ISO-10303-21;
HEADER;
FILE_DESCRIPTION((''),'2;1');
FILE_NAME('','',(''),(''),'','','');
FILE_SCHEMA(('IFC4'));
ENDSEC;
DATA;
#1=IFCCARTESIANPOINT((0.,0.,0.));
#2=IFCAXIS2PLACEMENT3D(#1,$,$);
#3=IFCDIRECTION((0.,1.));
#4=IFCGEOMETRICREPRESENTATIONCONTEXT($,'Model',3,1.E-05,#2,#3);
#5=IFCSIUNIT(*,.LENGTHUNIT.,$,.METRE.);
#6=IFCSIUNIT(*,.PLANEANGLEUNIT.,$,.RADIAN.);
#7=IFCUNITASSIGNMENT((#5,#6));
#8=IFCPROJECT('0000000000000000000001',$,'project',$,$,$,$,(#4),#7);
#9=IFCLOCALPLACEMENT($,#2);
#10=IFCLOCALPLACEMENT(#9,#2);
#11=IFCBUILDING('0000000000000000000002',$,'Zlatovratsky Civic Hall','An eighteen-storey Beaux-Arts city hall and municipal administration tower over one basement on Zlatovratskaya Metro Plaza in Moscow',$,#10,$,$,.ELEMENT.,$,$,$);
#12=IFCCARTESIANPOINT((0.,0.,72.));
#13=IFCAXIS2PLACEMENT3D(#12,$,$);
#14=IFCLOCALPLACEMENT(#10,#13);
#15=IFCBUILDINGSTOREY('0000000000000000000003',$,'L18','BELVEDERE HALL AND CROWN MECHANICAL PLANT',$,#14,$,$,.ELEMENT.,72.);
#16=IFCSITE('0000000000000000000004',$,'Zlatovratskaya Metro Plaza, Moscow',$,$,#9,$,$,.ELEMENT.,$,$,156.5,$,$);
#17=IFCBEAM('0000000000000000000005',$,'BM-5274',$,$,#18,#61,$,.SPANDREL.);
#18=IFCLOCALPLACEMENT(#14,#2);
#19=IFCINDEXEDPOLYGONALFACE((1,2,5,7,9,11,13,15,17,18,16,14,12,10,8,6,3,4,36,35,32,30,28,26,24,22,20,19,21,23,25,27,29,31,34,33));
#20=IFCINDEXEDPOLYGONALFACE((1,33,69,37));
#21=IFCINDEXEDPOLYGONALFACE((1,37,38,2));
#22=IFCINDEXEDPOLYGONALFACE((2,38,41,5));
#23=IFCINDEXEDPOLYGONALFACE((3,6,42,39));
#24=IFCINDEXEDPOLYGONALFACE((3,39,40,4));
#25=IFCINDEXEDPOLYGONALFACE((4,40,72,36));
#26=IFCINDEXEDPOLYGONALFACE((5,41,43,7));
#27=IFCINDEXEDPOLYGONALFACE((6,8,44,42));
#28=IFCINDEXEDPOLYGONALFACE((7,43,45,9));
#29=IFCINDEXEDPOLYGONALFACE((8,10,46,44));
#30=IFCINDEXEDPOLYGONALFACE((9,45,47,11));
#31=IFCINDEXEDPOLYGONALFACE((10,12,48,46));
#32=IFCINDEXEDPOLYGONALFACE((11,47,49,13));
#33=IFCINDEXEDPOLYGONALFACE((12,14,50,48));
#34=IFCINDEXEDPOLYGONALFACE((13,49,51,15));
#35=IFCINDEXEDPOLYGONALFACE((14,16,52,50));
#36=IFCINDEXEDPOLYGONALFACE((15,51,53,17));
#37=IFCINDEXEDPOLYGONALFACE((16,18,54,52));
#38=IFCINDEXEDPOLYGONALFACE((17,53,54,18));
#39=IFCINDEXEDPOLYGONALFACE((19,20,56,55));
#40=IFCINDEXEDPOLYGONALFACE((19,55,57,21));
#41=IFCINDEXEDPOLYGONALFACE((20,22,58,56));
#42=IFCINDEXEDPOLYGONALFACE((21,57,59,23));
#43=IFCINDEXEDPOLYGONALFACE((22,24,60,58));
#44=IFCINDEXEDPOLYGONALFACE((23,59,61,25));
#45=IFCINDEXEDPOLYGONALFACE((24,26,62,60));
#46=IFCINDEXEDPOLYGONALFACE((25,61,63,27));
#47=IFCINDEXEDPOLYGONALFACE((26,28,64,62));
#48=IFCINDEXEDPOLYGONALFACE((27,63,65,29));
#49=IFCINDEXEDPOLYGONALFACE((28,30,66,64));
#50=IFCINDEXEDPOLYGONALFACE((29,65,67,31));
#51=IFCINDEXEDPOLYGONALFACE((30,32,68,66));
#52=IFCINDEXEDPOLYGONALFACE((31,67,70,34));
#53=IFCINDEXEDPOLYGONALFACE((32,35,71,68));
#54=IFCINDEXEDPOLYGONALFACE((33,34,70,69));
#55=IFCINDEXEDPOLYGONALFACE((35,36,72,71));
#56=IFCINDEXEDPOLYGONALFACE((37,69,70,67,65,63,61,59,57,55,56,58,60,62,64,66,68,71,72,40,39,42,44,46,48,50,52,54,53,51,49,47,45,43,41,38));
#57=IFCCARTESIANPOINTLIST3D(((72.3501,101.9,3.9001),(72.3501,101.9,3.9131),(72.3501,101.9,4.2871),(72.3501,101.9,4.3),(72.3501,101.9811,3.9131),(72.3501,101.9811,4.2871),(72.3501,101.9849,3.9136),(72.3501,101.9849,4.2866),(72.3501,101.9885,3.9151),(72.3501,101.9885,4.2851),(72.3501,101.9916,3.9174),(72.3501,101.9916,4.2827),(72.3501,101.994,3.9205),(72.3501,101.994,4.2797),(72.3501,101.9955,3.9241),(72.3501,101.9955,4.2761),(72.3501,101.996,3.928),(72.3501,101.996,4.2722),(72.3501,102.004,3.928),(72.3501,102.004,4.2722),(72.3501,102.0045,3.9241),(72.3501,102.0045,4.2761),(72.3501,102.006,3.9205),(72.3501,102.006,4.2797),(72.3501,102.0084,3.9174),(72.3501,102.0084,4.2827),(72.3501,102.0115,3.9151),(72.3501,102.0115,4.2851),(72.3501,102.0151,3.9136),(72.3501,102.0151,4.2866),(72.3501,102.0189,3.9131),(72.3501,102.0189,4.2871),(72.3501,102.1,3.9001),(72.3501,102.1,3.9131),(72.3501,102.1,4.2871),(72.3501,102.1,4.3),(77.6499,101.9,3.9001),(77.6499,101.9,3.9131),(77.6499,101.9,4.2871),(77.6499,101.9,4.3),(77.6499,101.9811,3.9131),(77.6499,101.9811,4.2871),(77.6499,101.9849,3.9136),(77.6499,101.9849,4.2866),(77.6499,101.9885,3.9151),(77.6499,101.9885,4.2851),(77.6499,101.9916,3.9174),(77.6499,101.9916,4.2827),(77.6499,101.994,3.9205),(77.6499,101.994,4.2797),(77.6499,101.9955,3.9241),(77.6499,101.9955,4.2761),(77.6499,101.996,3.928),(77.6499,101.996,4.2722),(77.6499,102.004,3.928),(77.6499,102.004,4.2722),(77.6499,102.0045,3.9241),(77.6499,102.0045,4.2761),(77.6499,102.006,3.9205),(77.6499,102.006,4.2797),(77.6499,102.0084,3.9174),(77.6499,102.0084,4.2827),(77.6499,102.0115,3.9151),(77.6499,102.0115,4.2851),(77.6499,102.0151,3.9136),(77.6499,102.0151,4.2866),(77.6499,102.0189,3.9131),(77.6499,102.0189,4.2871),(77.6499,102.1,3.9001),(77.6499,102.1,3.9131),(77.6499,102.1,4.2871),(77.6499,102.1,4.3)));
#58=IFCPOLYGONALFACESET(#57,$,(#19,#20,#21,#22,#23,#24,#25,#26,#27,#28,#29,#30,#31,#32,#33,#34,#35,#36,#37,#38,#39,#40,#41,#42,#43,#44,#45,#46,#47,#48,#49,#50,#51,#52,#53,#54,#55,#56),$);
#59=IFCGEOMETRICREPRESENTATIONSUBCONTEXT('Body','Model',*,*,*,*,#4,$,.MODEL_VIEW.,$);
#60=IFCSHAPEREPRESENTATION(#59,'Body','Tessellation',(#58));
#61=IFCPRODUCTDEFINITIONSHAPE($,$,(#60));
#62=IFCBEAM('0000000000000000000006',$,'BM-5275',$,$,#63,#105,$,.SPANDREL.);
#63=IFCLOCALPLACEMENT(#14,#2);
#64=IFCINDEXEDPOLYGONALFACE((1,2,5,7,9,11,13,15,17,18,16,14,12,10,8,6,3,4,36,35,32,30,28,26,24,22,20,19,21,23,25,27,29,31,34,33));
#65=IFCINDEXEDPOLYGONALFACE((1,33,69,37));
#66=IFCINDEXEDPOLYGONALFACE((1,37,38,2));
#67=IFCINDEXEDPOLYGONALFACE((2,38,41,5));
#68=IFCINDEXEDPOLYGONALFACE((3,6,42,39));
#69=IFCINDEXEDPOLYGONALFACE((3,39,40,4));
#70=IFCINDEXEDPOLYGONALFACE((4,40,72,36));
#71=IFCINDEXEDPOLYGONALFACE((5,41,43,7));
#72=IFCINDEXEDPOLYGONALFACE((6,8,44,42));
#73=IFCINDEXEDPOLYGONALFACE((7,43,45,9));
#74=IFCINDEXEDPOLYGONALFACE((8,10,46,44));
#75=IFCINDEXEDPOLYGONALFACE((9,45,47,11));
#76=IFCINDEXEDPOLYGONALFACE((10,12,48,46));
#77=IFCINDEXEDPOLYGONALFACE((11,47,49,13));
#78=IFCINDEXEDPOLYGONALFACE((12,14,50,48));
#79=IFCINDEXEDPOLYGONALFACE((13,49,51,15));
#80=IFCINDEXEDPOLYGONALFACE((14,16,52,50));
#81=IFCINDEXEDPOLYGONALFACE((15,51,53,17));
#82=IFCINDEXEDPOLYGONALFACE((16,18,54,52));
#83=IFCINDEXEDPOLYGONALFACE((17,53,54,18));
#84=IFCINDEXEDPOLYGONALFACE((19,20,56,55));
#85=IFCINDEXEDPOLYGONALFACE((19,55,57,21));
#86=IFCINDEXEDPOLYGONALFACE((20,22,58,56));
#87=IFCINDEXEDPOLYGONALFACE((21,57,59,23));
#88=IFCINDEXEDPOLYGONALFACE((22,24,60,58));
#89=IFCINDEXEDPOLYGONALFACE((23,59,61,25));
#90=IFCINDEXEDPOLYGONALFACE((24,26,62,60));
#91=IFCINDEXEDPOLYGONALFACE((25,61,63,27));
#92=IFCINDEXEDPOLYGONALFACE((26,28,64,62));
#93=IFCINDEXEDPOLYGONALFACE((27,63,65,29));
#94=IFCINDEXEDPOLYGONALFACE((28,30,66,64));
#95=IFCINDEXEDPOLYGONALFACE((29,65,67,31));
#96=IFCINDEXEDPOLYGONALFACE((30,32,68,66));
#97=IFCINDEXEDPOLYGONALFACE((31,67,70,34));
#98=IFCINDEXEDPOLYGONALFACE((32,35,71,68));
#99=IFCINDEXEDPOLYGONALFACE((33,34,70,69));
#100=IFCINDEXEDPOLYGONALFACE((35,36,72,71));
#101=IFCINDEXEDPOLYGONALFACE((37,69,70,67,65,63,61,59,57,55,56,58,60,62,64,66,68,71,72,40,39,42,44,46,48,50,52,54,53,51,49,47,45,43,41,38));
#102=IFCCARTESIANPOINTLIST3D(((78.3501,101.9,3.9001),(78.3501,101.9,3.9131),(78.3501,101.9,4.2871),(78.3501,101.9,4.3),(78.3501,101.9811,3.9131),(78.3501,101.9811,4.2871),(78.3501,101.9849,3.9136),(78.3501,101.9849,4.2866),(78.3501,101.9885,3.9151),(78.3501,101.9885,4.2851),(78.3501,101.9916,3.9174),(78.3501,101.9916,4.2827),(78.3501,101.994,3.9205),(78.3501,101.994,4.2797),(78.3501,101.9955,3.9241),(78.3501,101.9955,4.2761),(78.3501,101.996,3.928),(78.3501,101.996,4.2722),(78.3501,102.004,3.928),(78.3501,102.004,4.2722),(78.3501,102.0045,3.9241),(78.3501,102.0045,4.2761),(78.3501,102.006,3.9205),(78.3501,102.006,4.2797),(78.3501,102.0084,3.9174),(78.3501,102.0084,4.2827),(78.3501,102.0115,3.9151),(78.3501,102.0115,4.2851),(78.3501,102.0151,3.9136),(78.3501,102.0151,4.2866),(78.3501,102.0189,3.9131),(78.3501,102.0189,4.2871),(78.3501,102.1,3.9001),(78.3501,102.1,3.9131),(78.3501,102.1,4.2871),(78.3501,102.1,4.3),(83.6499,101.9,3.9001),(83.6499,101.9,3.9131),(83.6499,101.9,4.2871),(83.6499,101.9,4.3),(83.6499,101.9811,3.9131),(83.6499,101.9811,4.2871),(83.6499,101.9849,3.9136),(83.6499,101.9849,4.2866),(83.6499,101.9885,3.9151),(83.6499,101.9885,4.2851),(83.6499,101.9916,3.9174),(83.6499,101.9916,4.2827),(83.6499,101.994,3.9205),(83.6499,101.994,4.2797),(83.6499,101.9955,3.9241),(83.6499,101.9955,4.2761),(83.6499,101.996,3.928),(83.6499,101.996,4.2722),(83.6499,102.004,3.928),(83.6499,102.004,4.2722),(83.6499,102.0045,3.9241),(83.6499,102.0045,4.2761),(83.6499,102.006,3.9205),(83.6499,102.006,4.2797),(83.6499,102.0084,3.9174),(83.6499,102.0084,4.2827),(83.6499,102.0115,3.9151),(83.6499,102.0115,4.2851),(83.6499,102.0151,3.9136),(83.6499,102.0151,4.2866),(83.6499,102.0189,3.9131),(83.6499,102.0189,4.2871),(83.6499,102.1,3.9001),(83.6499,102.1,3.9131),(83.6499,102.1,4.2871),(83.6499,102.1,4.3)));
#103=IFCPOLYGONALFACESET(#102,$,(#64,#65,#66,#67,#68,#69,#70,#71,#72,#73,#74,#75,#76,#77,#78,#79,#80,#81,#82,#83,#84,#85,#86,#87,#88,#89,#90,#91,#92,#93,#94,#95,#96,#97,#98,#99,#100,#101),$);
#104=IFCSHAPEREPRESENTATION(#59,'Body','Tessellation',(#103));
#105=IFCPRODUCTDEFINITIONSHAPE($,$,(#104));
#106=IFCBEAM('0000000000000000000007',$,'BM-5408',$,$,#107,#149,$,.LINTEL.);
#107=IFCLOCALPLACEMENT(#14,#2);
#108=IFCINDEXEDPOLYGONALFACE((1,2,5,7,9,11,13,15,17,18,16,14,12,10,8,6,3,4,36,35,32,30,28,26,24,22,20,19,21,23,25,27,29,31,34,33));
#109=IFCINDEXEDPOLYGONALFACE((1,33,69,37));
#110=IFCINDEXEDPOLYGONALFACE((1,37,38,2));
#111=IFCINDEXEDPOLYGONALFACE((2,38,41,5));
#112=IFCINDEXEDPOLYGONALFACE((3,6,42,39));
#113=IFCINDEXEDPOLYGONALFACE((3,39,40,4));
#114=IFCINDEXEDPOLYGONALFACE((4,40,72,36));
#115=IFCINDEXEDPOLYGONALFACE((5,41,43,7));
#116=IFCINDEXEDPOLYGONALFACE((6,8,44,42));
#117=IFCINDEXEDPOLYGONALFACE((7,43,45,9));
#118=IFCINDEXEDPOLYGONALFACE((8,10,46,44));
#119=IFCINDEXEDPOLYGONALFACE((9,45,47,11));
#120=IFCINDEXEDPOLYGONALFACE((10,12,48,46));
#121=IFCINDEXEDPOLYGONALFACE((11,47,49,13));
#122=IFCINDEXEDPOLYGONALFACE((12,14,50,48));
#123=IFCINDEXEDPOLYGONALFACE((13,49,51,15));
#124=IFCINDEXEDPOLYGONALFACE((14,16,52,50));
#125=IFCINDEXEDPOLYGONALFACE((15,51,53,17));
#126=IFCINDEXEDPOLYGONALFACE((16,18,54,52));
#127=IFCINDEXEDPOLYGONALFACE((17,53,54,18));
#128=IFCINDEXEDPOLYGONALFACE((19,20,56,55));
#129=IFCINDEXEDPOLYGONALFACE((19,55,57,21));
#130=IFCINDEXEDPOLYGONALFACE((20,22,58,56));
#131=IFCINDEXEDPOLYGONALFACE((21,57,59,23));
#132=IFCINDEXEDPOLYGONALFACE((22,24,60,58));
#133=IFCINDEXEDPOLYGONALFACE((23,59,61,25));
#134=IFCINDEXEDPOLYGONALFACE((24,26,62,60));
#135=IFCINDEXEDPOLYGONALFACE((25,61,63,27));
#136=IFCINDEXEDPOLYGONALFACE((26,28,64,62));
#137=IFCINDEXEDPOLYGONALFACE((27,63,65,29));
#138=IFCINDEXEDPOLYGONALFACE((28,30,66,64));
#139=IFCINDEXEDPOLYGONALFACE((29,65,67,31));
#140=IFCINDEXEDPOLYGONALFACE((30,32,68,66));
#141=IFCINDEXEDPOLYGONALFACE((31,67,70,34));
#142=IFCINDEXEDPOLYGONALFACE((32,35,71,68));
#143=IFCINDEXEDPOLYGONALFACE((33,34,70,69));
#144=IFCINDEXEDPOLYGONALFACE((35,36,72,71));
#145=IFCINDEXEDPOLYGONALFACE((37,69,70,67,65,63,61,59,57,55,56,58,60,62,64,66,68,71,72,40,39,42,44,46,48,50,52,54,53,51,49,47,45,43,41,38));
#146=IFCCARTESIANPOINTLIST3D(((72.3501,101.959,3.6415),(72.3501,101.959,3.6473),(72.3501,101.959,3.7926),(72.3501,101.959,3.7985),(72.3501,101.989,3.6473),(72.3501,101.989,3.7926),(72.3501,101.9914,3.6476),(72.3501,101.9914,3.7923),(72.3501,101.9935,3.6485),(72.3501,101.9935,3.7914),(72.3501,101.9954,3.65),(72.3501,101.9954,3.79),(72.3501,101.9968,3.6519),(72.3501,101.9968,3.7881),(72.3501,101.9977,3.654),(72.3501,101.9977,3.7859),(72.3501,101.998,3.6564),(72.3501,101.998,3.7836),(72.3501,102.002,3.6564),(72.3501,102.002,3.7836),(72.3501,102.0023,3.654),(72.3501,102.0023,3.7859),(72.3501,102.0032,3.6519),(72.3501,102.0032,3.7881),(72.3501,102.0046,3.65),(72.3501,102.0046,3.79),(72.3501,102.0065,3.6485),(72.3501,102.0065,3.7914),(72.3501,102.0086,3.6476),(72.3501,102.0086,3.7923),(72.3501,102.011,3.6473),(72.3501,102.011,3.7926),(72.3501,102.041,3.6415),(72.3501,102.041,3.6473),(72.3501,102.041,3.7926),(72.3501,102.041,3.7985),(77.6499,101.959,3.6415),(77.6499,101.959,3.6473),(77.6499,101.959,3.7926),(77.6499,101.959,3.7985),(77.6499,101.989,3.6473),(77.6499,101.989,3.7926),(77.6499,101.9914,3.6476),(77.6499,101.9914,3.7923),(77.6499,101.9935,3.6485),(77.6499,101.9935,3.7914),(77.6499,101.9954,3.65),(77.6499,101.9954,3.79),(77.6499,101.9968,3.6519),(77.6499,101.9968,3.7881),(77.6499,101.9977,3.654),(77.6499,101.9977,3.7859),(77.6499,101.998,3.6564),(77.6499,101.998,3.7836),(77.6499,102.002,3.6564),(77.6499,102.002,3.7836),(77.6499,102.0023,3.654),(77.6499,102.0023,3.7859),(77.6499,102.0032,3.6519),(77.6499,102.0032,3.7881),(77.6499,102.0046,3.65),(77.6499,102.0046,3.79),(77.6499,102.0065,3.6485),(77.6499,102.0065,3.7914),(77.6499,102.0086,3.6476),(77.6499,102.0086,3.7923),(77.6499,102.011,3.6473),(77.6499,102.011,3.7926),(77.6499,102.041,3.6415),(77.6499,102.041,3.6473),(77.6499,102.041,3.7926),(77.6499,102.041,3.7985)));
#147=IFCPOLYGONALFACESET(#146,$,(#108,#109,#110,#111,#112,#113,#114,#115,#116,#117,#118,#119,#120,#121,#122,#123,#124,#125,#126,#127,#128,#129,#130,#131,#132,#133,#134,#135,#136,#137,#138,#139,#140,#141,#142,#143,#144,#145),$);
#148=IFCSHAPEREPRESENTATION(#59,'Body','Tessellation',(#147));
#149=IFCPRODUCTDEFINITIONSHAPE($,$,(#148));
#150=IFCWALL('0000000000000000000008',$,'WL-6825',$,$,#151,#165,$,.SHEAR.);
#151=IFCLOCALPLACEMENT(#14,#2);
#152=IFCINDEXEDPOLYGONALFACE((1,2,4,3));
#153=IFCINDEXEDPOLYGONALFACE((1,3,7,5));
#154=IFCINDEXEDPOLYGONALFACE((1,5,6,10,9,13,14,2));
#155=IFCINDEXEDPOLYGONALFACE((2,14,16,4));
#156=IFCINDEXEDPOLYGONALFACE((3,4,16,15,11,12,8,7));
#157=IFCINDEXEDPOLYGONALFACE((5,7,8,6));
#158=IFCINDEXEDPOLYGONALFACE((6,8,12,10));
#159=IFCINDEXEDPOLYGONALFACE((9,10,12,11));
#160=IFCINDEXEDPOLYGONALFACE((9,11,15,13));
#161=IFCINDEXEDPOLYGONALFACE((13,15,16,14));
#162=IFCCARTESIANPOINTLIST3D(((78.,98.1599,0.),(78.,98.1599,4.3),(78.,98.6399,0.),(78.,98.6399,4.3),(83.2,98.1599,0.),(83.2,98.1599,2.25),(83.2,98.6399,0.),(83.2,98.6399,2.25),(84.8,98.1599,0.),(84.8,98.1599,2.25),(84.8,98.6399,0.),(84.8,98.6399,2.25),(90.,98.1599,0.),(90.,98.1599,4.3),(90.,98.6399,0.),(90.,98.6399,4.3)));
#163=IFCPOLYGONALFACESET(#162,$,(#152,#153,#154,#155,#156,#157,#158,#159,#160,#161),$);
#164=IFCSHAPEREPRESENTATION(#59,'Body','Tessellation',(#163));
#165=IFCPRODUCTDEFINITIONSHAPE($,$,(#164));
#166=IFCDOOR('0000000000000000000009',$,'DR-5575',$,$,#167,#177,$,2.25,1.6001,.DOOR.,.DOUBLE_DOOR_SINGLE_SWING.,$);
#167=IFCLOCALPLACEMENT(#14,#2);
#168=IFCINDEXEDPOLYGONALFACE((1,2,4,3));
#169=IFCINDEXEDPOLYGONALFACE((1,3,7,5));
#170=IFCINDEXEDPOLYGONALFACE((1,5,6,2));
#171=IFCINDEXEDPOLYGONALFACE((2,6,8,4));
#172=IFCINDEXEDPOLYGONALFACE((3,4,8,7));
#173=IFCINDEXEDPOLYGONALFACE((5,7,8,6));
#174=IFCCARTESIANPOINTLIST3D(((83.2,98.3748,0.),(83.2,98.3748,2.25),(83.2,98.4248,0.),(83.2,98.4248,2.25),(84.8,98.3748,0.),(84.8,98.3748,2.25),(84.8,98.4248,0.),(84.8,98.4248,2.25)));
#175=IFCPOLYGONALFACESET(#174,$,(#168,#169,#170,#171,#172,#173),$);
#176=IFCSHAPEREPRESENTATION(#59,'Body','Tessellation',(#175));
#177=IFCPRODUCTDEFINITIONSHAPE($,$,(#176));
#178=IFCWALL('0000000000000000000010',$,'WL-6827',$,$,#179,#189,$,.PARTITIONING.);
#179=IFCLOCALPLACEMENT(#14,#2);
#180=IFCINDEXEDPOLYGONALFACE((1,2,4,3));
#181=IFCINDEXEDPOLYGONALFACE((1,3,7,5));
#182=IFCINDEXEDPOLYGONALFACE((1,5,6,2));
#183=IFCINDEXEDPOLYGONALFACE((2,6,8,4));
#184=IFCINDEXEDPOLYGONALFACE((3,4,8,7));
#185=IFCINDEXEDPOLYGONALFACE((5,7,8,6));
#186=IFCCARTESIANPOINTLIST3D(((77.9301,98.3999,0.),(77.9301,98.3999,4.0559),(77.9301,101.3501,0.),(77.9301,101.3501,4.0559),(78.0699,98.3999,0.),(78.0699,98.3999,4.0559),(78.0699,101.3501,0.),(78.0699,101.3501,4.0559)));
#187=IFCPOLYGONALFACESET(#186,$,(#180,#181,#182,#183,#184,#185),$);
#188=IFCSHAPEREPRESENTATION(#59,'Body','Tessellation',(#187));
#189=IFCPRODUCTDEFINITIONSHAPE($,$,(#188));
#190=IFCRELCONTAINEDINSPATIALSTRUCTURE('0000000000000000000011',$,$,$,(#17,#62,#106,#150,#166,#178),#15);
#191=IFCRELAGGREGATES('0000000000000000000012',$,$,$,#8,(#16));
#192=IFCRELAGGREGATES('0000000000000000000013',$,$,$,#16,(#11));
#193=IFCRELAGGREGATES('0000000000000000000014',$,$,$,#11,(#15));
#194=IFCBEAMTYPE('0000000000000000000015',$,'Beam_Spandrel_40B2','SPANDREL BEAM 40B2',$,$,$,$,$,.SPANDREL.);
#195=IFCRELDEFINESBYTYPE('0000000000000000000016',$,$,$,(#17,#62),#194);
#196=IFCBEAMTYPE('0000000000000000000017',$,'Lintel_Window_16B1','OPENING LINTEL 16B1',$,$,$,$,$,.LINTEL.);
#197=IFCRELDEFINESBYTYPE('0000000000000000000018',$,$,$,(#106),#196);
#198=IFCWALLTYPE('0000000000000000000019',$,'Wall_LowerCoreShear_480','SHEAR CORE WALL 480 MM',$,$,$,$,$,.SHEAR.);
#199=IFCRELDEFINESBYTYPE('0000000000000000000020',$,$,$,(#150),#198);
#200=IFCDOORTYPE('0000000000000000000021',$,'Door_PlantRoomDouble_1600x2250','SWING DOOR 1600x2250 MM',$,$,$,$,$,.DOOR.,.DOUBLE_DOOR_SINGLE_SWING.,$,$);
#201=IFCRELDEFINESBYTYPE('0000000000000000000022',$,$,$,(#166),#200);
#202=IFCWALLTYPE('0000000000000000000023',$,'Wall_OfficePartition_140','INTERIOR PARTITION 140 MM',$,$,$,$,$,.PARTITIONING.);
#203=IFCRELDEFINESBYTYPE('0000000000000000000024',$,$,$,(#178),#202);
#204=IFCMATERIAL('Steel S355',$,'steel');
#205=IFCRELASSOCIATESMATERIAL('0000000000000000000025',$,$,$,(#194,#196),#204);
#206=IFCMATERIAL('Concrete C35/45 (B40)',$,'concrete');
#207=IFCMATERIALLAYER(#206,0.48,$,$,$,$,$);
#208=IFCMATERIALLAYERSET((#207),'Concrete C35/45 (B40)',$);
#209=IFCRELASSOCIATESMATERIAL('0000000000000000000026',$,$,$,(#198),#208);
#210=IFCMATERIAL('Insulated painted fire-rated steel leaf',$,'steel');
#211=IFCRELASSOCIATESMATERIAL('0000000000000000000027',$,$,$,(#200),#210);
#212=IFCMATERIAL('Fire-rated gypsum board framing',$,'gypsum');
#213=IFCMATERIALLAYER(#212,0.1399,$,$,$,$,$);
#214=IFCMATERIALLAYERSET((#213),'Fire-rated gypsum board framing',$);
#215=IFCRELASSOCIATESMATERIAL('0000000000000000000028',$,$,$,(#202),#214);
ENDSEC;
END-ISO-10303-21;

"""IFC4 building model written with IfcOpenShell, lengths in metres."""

from ifc_helpers import new_model, si_unit, direction, frame, frame_2d, origin, origin_2d, place, context, subcontext, project, spatial, rectangle, i_section, extrude, material, layer, layer_set, material_profile, profile_set, type_object, element, fill, save


model = new_model("IFC4")

# Units and contexts
model_context = context("Model", 3, precision=1e-05, world=origin(), true_north=direction((0.0, 1.0)))
body_context = subcontext(model_context, "Body", "Model", "MODEL_VIEW")
ifc_project = project(units=[si_unit("LENGTHUNIT", "METRE"), si_unit("PLANEANGLEUNIT", "RADIAN")], contexts=[model_context])

# Site, building, storey
site_placement = place(None, origin())
site = spatial("IfcSite", under=ifc_project, at=site_placement, Name="Zlatovratskaya Metro Plaza, Moscow", CompositionType="ELEMENT", RefElevation=156.5)
building_placement = place(site_placement, origin())
building = spatial("IfcBuilding", under=site, at=building_placement, Name="Zlatovratsky Civic Hall", Description="An eighteen-storey Beaux-Arts city hall and municipal administration tower over one basement on Zlatovratskaya Metro Plaza in Moscow", CompositionType="ELEMENT")
storey_placement = place(building_placement, frame((0.0, 0.0, 72.0)))
storey = spatial("IfcBuildingStorey", under=building, at=storey_placement, Name="L18", Description="BELVEDERE HALL AND CROWN MECHANICAL PLANT", CompositionType="ELEMENT", Elevation=72.0)

# Shared definitions
ifc_material_1 = material(Name="Concrete C35/45 (B40)", Category="concrete")
ifc_material_2 = material(Name="Steel S355", Category="steel")

# Beams
ifc_material_profile_1 = material_profile(ifc_material_2, i_section(OverallWidth=0.2, OverallDepth=0.3999, WebThickness=0.0081, FlangeThickness=0.0129, FilletRadius=0.0149, at=origin_2d()), Name="40B2")
ifc_profile_set_1 = profile_set([ifc_material_profile_1], Name="Steel S355")
beam_type_1 = type_object("IfcBeamType", Name="Beam_Spandrel_40B2", Description="SPANDREL BEAM 40B2", PredefinedType="SPANDREL", material=ifc_profile_set_1)
for number, where, z_axis, x_axis, name in (
    (1, (72.3501, 102.0, 4.1001), (1.0, 0.0, 0.0), (0.0, 1.0, 0.0), "BM-5274"),
    (2, (78.3501, 102.0, 4.1001), (1.0, 0.0, 0.0), (0.0, 1.0, 0.0), "BM-5275"),
):
    element("IfcBeam", number, at=place(storey_placement, frame(where, z_axis=z_axis, x_axis=x_axis)), inside=storey, type_object=beam_type_1, Name=name, PredefinedType="SPANDREL", context=body_context, shape_type="SweptSolid", body=[
        extrude(i_section(OverallWidth=0.2, OverallDepth=0.3999, WebThickness=0.0081, FlangeThickness=0.0129, FilletRadius=0.0149, at=origin_2d()), origin(), (0.0, 0.0, 1.0), 5.2998),
    ])
ifc_material_profile_2 = material_profile(ifc_material_2, i_section(OverallWidth=0.082, OverallDepth=0.157, WebThickness=0.0039, FlangeThickness=0.0059, FilletRadius=0.009, at=origin_2d()), Name="16B1")
ifc_profile_set_2 = profile_set([ifc_material_profile_2], Name="Steel S355")
beam_type_2 = type_object("IfcBeamType", Name="Lintel_Window_16B1", Description="OPENING LINTEL 16B1", PredefinedType="LINTEL", material=ifc_profile_set_2)
beam_1_placement = place(storey_placement, frame((72.3501, 102.0, 3.72), z_axis=(1.0, 0.0, 0.0), x_axis=(0.0, 1.0, 0.0)))
element("IfcBeam", 3, at=beam_1_placement, inside=storey, type_object=beam_type_2, Name="BM-5408", PredefinedType="LINTEL", context=body_context, shape_type="SweptSolid", body=[
    extrude(i_section(OverallWidth=0.082, OverallDepth=0.157, WebThickness=0.0039, FlangeThickness=0.0059, FilletRadius=0.009, at=origin_2d()), origin(), (0.0, 0.0, 1.0), 5.2998),
])

# Wall, opening, door
ifc_layer_1 = layer(ifc_material_1, 0.48)
ifc_layer_set_1 = layer_set([ifc_layer_1], Name="Concrete C35/45 (B40)")
wall_type_1 = type_object("IfcWallType", Name="Wall_LowerCoreShear_480", Description="SHEAR CORE WALL 480 MM", PredefinedType="SHEAR", material=ifc_layer_set_1)
wall_1_placement = place(storey_placement, frame((78.0, 98.3999, 0.0), z_axis=(0.0, 0.0, 1.0), x_axis=(1.0, 0.0, 0.0)))
wall_1 = element("IfcWall", 4, at=wall_1_placement, inside=storey, type_object=wall_type_1, Name="WL-6825", PredefinedType="SHEAR", context=body_context, shape_type="SweptSolid", body=[
    extrude(rectangle(XDim=12.0, YDim=0.48, at=frame_2d((6.0, 0.0))), origin(), (0.0, 0.0, 1.0), 4.3),
])
opening_1_placement = place(wall_1_placement, frame((5.2, 0.0, 0.0)))
opening_1 = element("IfcOpeningElement", 5, at=opening_1_placement, cuts=wall_1, PredefinedType="OPENING", context=body_context, shape_type="SweptSolid", body=[
    extrude(rectangle(XDim=1.6001, YDim=2.25, at=frame_2d((0.8, 1.125))), frame((0.0, 0.2549, 0.0), z_axis=(0.0, -1.0, 0.0), x_axis=(1.0, 0.0, 0.0)), (0.0, 0.0, 1.0), 0.5098),
])
ifc_material_3 = material(Name="Insulated painted fire-rated steel leaf", Category="steel")
door_type_1 = type_object("IfcDoorType", Name="Door_PlantRoomDouble_1600x2250", Description="SWING DOOR 1600x2250 MM", OperationType="DOUBLE_DOOR_SINGLE_SWING", PredefinedType="DOOR", material=ifc_material_3)
door_1_placement = place(opening_1_placement, origin())
door_1 = element("IfcDoor", 6, at=door_1_placement, inside=storey, type_object=door_type_1, Name="DR-5575", OperationType="DOUBLE_DOOR_SINGLE_SWING", OverallHeight=2.25, OverallWidth=1.6001, PredefinedType="DOOR", context=body_context, shape_type="SweptSolid", body=[
    extrude(rectangle(XDim=1.6001, YDim=2.25, at=frame_2d((0.8, 1.125))), frame((0.0, 0.0249, 0.0), z_axis=(0.0, -1.0, 0.0), x_axis=(1.0, 0.0, 0.0)), (0.0, 0.0, 1.0), 0.05),
])
fill(opening_1, door_1)

# Wall
ifc_material_4 = material(Name="Fire-rated gypsum board framing", Category="gypsum")
ifc_layer_2 = layer(ifc_material_4, 0.1399)
ifc_layer_set_2 = layer_set([ifc_layer_2], Name="Fire-rated gypsum board framing")
wall_type_2 = type_object("IfcWallType", Name="Wall_OfficePartition_140", Description="INTERIOR PARTITION 140 MM", PredefinedType="PARTITIONING", material=ifc_layer_set_2)
wall_2_placement = place(storey_placement, frame((78.0, 98.3999, 0.0), z_axis=(0.0, 0.0, 1.0), x_axis=(0.0, 1.0, 0.0)))
element("IfcWall", 7, at=wall_2_placement, inside=storey, type_object=wall_type_2, Name="WL-6827", PredefinedType="PARTITIONING", context=body_context, shape_type="SweptSolid", body=[
    extrude(rectangle(XDim=2.9502, YDim=0.1399, at=frame_2d((1.4751, 0.0))), origin(), (0.0, 0.0, 1.0), 4.0559),
])

save(model, "model.ifc")
